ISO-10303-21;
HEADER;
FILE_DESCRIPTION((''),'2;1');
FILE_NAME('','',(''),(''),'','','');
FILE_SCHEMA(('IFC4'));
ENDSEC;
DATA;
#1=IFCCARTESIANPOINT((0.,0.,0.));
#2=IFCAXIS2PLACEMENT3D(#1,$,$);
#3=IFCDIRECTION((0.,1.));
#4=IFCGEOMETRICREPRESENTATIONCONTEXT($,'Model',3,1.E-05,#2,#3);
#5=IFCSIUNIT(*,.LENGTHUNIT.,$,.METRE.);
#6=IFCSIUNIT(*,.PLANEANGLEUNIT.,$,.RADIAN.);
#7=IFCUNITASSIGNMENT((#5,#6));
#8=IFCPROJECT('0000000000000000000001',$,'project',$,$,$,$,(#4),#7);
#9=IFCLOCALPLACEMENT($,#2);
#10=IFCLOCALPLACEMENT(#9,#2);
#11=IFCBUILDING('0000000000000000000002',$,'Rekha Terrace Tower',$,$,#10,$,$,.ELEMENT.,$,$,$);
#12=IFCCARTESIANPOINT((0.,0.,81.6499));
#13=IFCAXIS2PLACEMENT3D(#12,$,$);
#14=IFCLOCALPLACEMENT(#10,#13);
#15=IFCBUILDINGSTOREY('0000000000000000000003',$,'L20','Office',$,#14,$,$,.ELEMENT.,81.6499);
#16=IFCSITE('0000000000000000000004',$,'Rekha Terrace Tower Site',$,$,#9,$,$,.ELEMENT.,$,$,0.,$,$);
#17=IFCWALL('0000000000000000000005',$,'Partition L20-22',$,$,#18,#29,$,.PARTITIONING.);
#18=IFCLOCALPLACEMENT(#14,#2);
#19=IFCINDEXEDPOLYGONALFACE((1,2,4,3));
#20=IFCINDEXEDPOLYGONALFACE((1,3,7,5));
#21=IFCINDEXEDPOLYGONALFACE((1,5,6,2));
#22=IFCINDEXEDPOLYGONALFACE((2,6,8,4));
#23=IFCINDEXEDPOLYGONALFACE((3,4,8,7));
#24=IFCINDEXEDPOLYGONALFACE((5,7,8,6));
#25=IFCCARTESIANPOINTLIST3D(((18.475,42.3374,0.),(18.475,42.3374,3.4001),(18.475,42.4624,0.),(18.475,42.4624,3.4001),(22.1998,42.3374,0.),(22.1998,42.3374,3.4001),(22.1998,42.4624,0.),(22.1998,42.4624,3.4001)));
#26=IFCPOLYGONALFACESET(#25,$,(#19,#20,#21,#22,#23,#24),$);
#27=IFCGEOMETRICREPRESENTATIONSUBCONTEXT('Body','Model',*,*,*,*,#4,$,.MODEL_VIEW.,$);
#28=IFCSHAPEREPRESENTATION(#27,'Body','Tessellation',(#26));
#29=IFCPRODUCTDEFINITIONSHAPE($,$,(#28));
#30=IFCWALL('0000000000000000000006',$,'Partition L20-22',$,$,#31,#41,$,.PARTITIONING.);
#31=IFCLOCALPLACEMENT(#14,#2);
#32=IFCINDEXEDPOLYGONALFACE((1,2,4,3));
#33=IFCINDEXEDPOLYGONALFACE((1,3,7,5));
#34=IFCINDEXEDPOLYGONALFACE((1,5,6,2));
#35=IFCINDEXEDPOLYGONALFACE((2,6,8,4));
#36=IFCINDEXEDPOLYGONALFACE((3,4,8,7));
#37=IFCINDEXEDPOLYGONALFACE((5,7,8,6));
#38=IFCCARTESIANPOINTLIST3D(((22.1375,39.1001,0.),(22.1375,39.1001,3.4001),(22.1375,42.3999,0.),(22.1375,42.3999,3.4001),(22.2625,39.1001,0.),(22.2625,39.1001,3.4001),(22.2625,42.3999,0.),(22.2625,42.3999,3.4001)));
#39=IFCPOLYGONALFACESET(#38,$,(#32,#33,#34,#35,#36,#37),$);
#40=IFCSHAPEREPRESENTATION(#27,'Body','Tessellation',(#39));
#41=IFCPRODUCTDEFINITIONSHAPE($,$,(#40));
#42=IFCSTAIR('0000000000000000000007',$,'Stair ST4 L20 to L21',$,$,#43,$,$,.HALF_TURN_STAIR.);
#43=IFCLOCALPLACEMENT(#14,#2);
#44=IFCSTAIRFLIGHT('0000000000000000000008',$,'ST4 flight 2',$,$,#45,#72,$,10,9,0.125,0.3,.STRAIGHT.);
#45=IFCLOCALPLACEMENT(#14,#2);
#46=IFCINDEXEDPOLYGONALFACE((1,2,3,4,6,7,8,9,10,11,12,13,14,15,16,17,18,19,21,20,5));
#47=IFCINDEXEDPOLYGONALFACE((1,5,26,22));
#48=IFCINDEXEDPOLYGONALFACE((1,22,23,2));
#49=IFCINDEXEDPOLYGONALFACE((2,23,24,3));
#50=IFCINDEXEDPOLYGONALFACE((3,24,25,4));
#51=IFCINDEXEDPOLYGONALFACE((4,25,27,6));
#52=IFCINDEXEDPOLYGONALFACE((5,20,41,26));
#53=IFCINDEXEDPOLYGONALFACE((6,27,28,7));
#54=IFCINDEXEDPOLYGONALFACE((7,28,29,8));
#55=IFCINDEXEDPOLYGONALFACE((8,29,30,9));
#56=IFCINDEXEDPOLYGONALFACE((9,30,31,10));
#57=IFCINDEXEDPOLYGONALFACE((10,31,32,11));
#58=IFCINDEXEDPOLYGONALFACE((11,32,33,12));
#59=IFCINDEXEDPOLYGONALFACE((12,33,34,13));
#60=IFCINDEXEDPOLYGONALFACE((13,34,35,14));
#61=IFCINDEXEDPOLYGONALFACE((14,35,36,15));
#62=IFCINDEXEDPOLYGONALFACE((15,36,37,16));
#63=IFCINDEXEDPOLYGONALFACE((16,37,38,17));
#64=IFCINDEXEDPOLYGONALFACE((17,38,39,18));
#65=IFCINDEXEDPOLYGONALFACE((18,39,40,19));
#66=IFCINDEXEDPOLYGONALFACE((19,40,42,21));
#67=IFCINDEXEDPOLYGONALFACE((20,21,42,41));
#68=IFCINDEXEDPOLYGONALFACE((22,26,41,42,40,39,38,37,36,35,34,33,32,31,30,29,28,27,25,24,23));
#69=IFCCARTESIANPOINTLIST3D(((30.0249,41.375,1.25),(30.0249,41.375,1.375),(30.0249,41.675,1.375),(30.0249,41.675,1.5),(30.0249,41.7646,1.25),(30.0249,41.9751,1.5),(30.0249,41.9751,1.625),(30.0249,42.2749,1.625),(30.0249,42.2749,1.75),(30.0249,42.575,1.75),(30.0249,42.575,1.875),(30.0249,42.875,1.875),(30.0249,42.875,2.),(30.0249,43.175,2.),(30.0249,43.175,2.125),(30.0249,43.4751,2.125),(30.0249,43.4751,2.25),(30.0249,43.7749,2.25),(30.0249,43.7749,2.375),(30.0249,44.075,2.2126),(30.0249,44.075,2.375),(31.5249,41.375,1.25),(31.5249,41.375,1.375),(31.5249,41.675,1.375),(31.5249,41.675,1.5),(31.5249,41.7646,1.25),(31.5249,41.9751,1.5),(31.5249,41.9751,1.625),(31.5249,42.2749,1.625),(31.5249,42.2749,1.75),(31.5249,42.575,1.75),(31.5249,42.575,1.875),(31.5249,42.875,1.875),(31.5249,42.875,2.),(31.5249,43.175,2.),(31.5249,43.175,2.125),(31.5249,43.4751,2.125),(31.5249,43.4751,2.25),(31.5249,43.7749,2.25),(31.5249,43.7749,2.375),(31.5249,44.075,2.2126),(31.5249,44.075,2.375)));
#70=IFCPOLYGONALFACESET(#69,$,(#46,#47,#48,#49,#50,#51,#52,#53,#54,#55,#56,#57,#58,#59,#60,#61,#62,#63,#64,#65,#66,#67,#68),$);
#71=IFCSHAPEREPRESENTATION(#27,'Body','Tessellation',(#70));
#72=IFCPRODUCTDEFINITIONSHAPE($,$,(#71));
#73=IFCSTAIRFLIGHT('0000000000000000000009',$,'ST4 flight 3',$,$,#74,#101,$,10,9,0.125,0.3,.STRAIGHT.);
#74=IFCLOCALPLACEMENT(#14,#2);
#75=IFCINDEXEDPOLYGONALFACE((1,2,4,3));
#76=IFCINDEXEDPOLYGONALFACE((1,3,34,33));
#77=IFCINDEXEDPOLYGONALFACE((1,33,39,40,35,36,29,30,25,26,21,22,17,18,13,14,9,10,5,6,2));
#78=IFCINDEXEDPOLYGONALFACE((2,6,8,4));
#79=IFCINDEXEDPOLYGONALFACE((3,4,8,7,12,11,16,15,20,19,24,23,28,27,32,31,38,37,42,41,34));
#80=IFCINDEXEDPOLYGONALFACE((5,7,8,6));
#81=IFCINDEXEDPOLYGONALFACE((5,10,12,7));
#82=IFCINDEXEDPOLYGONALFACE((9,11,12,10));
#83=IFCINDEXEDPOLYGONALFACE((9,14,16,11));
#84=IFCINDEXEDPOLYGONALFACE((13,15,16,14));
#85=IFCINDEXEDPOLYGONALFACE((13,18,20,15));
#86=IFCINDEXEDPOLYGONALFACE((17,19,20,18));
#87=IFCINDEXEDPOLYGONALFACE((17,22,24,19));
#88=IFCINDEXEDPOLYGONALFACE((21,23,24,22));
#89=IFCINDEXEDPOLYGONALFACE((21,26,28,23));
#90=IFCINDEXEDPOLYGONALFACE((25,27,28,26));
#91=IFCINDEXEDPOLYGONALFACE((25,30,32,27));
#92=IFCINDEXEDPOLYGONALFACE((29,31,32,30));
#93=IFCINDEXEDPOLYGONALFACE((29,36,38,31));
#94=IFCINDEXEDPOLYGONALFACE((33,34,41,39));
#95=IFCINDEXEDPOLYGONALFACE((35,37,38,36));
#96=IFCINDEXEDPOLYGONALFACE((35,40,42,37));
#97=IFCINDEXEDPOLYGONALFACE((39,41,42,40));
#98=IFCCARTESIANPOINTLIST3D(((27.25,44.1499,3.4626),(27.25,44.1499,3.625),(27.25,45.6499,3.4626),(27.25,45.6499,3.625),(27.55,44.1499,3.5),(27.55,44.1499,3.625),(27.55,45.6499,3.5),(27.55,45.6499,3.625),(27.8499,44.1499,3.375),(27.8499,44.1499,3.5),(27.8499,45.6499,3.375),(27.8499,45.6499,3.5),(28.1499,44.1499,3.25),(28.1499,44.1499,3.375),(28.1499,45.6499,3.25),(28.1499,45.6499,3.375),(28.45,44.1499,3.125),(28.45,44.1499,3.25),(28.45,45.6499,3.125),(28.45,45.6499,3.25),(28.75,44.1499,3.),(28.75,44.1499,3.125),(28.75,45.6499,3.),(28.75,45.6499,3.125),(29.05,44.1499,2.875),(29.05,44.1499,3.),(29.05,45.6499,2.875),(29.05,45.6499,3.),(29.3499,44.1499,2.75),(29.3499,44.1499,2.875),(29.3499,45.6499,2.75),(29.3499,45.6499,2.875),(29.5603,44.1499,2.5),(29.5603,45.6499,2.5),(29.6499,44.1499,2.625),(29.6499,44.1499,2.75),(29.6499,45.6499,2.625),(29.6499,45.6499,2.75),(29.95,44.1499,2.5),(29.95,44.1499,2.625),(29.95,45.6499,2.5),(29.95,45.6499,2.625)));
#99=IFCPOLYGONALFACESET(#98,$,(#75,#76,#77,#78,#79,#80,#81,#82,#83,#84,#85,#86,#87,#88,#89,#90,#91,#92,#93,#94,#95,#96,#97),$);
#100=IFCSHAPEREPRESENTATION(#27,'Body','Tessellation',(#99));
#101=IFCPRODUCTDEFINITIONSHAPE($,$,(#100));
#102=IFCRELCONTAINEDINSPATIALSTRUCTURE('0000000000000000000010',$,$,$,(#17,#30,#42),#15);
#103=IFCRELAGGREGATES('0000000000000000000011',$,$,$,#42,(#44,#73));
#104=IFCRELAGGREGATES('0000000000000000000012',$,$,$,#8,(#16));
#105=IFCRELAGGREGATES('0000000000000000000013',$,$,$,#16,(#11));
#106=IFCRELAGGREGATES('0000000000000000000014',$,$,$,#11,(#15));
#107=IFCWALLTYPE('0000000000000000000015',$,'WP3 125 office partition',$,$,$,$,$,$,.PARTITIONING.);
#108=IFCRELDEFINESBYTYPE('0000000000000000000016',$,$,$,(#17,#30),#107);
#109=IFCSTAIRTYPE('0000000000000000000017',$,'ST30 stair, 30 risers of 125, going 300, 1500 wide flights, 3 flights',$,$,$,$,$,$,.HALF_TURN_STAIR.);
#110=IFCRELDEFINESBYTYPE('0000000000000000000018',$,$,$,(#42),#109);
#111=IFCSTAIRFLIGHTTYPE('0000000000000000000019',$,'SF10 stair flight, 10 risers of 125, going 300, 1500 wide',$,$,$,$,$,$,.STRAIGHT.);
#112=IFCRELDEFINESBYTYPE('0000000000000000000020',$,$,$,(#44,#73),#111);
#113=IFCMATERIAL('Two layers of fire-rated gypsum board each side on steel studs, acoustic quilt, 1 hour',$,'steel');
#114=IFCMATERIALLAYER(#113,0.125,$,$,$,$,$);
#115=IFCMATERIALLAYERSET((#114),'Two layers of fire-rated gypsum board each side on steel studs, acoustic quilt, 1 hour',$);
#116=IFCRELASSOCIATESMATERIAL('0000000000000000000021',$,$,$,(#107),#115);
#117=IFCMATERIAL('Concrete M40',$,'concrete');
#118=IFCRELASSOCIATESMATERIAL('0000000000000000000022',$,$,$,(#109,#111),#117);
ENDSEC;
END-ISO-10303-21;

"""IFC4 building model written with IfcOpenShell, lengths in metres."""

from ifc_helpers import new_model, si_unit, direction, frame, frame_2d, origin, place, context, subcontext, project, spatial, polyline, rectangle, outline, extrude, material, layer, layer_set, type_object, element, aggregate, save


model = new_model("IFC4")

# Units and contexts
model_context = context("Model", 3, precision=1e-05, world=origin(), true_north=direction((0.0, 1.0)))
body_context = subcontext(model_context, "Body", "Model", "MODEL_VIEW")
ifc_project = project(units=[si_unit("LENGTHUNIT", "METRE"), si_unit("PLANEANGLEUNIT", "RADIAN")], contexts=[model_context])

# Site, building, storey
site_placement = place(None, origin())
site = spatial("IfcSite", under=ifc_project, at=site_placement, Name="Rekha Terrace Tower Site", CompositionType="ELEMENT", RefElevation=0.0)
building_placement = place(site_placement, origin())
building = spatial("IfcBuilding", under=site, at=building_placement, Name="Rekha Terrace Tower", CompositionType="ELEMENT")
storey_placement = place(building_placement, frame((0.0, 0.0, 81.6499)))
storey = spatial("IfcBuildingStorey", under=building, at=storey_placement, Name="L20", Description="Office", CompositionType="ELEMENT", Elevation=81.6499)

# Shared definitions
ifc_material_1 = material(Name="Two layers of fire-rated gypsum board each side on steel studs, acoustic quilt, 1 hour", Category="steel")
ifc_layer_1 = layer(ifc_material_1, 0.125)
ifc_layer_set_1 = layer_set([ifc_layer_1], Name="Two layers of fire-rated gypsum board each side on steel studs, acoustic quilt, 1 hour")
wall_type_1 = type_object("IfcWallType", Name="WP3 125 office partition", PredefinedType="PARTITIONING", material=ifc_layer_set_1)

# Walls
wall_1_placement = place(storey_placement, frame((18.4751, 42.3999, 0.0), z_axis=(0.0, 0.0, 1.0), x_axis=(1.0, 0.0, 0.0)))
element("IfcWall", 1, at=wall_1_placement, inside=storey, type_object=wall_type_1, Name="Partition L20-22", PredefinedType="PARTITIONING", context=body_context, shape_type="SweptSolid", body=[
    extrude(rectangle(XDim=3.7249, YDim=0.125, at=frame_2d((1.8623, 0.0))), origin(), (0.0, 0.0, 1.0), 3.4001),
])
wall_2_placement = place(storey_placement, frame((22.2, 42.3999, 0.0), z_axis=(0.0, 0.0, 1.0), x_axis=(0.0, -1.0, 0.0)))
element("IfcWall", 2, at=wall_2_placement, inside=storey, type_object=wall_type_1, Name="Partition L20-22", PredefinedType="PARTITIONING", context=body_context, shape_type="SweptSolid", body=[
    extrude(rectangle(XDim=3.2998, YDim=0.125, at=frame_2d((1.6499, 0.0))), origin(), (0.0, 0.0, 1.0), 3.4001),
])

# Stair, stair flights
ifc_material_2 = material(Name="Concrete M40", Category="concrete")
stair_type = type_object("IfcStairType", Name="ST30 stair, 30 risers of 125, going 300, 1500 wide flights, 3 flights", PredefinedType="HALF_TURN_STAIR", material=ifc_material_2)
stair_placement = place(storey_placement, origin())
stair = element("IfcStair", 3, at=stair_placement, inside=storey, type_object=stair_type, Name="Stair ST4 L20 to L21", PredefinedType="HALF_TURN_STAIR")
stair_flight_type = type_object("IfcStairFlightType", Name="SF10 stair flight, 10 risers of 125, going 300, 1500 wide", PredefinedType="STRAIGHT", material=ifc_material_2)
stair_flight_1_placement = place(storey_placement, frame((30.7749, 41.375, 1.25), z_axis=(0.0, 0.0, 1.0), x_axis=(0.0, 1.0, 0.0)))
stair_flight_1 = element("IfcStairFlight", 4, at=stair_flight_1_placement, type_object=stair_flight_type, Name="ST4 flight 2", NumberOfRisers=10, NumberOfTreads=9, PredefinedType="STRAIGHT", RiserHeight=0.125, TreadLength=0.3, context=body_context, shape_type="SweptSolid", body=[
    extrude(outline(polyline([(0.0, 0.0), (0.0, 0.125), (0.3, 0.125), (0.3, 0.25), (0.6001, 0.25), (0.6001, 0.375), (0.8999, 0.375), (0.8999, 0.5), (1.2, 0.5), (1.2, 0.625), (1.5, 0.625), (1.5, 0.75), (1.8, 0.75), (1.8, 0.875), (2.1001, 0.875), (2.1001, 1.0), (2.3999, 1.0), (2.3999, 1.125), (2.7, 1.125), (2.7, 1.25), (2.7, 0.9626), (0.3896, 0.0), (0.0, 0.0)])), frame((0.0, 0.75, 0.0), z_axis=(0.0, -1.0, 0.0), x_axis=(1.0, 0.0, 0.0)), (0.0, 0.0, 1.0), 1.5),
])
stair_flight_2_placement = place(storey_placement, frame((29.95, 44.8999, 2.5), z_axis=(0.0, 0.0, 1.0), x_axis=(-1.0, 0.0, 0.0)))
stair_flight_2 = element("IfcStairFlight", 5, at=stair_flight_2_placement, type_object=stair_flight_type, Name="ST4 flight 3", NumberOfRisers=10, NumberOfTreads=9, PredefinedType="STRAIGHT", RiserHeight=0.125, TreadLength=0.3, context=body_context, shape_type="SweptSolid", body=[
    extrude(outline(polyline([(0.0, 0.0), (0.0, 0.125), (0.3, 0.125), (0.3, 0.25), (0.6001, 0.25), (0.6001, 0.375), (0.8999, 0.375), (0.8999, 0.5), (1.2, 0.5), (1.2, 0.625), (1.5, 0.625), (1.5, 0.75), (1.8, 0.75), (1.8, 0.875), (2.1001, 0.875), (2.1001, 1.0), (2.3999, 1.0), (2.3999, 1.125), (2.7, 1.125), (2.7, 1.25), (2.7, 0.9626), (0.3896, 0.0), (0.0, 0.0)])), frame((0.0, 0.75, 0.0), z_axis=(0.0, -1.0, 0.0), x_axis=(1.0, 0.0, 0.0)), (0.0, 0.0, 1.0), 1.5),
])
aggregate(stair, [stair_flight_1, stair_flight_2])

save(model, "model.ifc")
